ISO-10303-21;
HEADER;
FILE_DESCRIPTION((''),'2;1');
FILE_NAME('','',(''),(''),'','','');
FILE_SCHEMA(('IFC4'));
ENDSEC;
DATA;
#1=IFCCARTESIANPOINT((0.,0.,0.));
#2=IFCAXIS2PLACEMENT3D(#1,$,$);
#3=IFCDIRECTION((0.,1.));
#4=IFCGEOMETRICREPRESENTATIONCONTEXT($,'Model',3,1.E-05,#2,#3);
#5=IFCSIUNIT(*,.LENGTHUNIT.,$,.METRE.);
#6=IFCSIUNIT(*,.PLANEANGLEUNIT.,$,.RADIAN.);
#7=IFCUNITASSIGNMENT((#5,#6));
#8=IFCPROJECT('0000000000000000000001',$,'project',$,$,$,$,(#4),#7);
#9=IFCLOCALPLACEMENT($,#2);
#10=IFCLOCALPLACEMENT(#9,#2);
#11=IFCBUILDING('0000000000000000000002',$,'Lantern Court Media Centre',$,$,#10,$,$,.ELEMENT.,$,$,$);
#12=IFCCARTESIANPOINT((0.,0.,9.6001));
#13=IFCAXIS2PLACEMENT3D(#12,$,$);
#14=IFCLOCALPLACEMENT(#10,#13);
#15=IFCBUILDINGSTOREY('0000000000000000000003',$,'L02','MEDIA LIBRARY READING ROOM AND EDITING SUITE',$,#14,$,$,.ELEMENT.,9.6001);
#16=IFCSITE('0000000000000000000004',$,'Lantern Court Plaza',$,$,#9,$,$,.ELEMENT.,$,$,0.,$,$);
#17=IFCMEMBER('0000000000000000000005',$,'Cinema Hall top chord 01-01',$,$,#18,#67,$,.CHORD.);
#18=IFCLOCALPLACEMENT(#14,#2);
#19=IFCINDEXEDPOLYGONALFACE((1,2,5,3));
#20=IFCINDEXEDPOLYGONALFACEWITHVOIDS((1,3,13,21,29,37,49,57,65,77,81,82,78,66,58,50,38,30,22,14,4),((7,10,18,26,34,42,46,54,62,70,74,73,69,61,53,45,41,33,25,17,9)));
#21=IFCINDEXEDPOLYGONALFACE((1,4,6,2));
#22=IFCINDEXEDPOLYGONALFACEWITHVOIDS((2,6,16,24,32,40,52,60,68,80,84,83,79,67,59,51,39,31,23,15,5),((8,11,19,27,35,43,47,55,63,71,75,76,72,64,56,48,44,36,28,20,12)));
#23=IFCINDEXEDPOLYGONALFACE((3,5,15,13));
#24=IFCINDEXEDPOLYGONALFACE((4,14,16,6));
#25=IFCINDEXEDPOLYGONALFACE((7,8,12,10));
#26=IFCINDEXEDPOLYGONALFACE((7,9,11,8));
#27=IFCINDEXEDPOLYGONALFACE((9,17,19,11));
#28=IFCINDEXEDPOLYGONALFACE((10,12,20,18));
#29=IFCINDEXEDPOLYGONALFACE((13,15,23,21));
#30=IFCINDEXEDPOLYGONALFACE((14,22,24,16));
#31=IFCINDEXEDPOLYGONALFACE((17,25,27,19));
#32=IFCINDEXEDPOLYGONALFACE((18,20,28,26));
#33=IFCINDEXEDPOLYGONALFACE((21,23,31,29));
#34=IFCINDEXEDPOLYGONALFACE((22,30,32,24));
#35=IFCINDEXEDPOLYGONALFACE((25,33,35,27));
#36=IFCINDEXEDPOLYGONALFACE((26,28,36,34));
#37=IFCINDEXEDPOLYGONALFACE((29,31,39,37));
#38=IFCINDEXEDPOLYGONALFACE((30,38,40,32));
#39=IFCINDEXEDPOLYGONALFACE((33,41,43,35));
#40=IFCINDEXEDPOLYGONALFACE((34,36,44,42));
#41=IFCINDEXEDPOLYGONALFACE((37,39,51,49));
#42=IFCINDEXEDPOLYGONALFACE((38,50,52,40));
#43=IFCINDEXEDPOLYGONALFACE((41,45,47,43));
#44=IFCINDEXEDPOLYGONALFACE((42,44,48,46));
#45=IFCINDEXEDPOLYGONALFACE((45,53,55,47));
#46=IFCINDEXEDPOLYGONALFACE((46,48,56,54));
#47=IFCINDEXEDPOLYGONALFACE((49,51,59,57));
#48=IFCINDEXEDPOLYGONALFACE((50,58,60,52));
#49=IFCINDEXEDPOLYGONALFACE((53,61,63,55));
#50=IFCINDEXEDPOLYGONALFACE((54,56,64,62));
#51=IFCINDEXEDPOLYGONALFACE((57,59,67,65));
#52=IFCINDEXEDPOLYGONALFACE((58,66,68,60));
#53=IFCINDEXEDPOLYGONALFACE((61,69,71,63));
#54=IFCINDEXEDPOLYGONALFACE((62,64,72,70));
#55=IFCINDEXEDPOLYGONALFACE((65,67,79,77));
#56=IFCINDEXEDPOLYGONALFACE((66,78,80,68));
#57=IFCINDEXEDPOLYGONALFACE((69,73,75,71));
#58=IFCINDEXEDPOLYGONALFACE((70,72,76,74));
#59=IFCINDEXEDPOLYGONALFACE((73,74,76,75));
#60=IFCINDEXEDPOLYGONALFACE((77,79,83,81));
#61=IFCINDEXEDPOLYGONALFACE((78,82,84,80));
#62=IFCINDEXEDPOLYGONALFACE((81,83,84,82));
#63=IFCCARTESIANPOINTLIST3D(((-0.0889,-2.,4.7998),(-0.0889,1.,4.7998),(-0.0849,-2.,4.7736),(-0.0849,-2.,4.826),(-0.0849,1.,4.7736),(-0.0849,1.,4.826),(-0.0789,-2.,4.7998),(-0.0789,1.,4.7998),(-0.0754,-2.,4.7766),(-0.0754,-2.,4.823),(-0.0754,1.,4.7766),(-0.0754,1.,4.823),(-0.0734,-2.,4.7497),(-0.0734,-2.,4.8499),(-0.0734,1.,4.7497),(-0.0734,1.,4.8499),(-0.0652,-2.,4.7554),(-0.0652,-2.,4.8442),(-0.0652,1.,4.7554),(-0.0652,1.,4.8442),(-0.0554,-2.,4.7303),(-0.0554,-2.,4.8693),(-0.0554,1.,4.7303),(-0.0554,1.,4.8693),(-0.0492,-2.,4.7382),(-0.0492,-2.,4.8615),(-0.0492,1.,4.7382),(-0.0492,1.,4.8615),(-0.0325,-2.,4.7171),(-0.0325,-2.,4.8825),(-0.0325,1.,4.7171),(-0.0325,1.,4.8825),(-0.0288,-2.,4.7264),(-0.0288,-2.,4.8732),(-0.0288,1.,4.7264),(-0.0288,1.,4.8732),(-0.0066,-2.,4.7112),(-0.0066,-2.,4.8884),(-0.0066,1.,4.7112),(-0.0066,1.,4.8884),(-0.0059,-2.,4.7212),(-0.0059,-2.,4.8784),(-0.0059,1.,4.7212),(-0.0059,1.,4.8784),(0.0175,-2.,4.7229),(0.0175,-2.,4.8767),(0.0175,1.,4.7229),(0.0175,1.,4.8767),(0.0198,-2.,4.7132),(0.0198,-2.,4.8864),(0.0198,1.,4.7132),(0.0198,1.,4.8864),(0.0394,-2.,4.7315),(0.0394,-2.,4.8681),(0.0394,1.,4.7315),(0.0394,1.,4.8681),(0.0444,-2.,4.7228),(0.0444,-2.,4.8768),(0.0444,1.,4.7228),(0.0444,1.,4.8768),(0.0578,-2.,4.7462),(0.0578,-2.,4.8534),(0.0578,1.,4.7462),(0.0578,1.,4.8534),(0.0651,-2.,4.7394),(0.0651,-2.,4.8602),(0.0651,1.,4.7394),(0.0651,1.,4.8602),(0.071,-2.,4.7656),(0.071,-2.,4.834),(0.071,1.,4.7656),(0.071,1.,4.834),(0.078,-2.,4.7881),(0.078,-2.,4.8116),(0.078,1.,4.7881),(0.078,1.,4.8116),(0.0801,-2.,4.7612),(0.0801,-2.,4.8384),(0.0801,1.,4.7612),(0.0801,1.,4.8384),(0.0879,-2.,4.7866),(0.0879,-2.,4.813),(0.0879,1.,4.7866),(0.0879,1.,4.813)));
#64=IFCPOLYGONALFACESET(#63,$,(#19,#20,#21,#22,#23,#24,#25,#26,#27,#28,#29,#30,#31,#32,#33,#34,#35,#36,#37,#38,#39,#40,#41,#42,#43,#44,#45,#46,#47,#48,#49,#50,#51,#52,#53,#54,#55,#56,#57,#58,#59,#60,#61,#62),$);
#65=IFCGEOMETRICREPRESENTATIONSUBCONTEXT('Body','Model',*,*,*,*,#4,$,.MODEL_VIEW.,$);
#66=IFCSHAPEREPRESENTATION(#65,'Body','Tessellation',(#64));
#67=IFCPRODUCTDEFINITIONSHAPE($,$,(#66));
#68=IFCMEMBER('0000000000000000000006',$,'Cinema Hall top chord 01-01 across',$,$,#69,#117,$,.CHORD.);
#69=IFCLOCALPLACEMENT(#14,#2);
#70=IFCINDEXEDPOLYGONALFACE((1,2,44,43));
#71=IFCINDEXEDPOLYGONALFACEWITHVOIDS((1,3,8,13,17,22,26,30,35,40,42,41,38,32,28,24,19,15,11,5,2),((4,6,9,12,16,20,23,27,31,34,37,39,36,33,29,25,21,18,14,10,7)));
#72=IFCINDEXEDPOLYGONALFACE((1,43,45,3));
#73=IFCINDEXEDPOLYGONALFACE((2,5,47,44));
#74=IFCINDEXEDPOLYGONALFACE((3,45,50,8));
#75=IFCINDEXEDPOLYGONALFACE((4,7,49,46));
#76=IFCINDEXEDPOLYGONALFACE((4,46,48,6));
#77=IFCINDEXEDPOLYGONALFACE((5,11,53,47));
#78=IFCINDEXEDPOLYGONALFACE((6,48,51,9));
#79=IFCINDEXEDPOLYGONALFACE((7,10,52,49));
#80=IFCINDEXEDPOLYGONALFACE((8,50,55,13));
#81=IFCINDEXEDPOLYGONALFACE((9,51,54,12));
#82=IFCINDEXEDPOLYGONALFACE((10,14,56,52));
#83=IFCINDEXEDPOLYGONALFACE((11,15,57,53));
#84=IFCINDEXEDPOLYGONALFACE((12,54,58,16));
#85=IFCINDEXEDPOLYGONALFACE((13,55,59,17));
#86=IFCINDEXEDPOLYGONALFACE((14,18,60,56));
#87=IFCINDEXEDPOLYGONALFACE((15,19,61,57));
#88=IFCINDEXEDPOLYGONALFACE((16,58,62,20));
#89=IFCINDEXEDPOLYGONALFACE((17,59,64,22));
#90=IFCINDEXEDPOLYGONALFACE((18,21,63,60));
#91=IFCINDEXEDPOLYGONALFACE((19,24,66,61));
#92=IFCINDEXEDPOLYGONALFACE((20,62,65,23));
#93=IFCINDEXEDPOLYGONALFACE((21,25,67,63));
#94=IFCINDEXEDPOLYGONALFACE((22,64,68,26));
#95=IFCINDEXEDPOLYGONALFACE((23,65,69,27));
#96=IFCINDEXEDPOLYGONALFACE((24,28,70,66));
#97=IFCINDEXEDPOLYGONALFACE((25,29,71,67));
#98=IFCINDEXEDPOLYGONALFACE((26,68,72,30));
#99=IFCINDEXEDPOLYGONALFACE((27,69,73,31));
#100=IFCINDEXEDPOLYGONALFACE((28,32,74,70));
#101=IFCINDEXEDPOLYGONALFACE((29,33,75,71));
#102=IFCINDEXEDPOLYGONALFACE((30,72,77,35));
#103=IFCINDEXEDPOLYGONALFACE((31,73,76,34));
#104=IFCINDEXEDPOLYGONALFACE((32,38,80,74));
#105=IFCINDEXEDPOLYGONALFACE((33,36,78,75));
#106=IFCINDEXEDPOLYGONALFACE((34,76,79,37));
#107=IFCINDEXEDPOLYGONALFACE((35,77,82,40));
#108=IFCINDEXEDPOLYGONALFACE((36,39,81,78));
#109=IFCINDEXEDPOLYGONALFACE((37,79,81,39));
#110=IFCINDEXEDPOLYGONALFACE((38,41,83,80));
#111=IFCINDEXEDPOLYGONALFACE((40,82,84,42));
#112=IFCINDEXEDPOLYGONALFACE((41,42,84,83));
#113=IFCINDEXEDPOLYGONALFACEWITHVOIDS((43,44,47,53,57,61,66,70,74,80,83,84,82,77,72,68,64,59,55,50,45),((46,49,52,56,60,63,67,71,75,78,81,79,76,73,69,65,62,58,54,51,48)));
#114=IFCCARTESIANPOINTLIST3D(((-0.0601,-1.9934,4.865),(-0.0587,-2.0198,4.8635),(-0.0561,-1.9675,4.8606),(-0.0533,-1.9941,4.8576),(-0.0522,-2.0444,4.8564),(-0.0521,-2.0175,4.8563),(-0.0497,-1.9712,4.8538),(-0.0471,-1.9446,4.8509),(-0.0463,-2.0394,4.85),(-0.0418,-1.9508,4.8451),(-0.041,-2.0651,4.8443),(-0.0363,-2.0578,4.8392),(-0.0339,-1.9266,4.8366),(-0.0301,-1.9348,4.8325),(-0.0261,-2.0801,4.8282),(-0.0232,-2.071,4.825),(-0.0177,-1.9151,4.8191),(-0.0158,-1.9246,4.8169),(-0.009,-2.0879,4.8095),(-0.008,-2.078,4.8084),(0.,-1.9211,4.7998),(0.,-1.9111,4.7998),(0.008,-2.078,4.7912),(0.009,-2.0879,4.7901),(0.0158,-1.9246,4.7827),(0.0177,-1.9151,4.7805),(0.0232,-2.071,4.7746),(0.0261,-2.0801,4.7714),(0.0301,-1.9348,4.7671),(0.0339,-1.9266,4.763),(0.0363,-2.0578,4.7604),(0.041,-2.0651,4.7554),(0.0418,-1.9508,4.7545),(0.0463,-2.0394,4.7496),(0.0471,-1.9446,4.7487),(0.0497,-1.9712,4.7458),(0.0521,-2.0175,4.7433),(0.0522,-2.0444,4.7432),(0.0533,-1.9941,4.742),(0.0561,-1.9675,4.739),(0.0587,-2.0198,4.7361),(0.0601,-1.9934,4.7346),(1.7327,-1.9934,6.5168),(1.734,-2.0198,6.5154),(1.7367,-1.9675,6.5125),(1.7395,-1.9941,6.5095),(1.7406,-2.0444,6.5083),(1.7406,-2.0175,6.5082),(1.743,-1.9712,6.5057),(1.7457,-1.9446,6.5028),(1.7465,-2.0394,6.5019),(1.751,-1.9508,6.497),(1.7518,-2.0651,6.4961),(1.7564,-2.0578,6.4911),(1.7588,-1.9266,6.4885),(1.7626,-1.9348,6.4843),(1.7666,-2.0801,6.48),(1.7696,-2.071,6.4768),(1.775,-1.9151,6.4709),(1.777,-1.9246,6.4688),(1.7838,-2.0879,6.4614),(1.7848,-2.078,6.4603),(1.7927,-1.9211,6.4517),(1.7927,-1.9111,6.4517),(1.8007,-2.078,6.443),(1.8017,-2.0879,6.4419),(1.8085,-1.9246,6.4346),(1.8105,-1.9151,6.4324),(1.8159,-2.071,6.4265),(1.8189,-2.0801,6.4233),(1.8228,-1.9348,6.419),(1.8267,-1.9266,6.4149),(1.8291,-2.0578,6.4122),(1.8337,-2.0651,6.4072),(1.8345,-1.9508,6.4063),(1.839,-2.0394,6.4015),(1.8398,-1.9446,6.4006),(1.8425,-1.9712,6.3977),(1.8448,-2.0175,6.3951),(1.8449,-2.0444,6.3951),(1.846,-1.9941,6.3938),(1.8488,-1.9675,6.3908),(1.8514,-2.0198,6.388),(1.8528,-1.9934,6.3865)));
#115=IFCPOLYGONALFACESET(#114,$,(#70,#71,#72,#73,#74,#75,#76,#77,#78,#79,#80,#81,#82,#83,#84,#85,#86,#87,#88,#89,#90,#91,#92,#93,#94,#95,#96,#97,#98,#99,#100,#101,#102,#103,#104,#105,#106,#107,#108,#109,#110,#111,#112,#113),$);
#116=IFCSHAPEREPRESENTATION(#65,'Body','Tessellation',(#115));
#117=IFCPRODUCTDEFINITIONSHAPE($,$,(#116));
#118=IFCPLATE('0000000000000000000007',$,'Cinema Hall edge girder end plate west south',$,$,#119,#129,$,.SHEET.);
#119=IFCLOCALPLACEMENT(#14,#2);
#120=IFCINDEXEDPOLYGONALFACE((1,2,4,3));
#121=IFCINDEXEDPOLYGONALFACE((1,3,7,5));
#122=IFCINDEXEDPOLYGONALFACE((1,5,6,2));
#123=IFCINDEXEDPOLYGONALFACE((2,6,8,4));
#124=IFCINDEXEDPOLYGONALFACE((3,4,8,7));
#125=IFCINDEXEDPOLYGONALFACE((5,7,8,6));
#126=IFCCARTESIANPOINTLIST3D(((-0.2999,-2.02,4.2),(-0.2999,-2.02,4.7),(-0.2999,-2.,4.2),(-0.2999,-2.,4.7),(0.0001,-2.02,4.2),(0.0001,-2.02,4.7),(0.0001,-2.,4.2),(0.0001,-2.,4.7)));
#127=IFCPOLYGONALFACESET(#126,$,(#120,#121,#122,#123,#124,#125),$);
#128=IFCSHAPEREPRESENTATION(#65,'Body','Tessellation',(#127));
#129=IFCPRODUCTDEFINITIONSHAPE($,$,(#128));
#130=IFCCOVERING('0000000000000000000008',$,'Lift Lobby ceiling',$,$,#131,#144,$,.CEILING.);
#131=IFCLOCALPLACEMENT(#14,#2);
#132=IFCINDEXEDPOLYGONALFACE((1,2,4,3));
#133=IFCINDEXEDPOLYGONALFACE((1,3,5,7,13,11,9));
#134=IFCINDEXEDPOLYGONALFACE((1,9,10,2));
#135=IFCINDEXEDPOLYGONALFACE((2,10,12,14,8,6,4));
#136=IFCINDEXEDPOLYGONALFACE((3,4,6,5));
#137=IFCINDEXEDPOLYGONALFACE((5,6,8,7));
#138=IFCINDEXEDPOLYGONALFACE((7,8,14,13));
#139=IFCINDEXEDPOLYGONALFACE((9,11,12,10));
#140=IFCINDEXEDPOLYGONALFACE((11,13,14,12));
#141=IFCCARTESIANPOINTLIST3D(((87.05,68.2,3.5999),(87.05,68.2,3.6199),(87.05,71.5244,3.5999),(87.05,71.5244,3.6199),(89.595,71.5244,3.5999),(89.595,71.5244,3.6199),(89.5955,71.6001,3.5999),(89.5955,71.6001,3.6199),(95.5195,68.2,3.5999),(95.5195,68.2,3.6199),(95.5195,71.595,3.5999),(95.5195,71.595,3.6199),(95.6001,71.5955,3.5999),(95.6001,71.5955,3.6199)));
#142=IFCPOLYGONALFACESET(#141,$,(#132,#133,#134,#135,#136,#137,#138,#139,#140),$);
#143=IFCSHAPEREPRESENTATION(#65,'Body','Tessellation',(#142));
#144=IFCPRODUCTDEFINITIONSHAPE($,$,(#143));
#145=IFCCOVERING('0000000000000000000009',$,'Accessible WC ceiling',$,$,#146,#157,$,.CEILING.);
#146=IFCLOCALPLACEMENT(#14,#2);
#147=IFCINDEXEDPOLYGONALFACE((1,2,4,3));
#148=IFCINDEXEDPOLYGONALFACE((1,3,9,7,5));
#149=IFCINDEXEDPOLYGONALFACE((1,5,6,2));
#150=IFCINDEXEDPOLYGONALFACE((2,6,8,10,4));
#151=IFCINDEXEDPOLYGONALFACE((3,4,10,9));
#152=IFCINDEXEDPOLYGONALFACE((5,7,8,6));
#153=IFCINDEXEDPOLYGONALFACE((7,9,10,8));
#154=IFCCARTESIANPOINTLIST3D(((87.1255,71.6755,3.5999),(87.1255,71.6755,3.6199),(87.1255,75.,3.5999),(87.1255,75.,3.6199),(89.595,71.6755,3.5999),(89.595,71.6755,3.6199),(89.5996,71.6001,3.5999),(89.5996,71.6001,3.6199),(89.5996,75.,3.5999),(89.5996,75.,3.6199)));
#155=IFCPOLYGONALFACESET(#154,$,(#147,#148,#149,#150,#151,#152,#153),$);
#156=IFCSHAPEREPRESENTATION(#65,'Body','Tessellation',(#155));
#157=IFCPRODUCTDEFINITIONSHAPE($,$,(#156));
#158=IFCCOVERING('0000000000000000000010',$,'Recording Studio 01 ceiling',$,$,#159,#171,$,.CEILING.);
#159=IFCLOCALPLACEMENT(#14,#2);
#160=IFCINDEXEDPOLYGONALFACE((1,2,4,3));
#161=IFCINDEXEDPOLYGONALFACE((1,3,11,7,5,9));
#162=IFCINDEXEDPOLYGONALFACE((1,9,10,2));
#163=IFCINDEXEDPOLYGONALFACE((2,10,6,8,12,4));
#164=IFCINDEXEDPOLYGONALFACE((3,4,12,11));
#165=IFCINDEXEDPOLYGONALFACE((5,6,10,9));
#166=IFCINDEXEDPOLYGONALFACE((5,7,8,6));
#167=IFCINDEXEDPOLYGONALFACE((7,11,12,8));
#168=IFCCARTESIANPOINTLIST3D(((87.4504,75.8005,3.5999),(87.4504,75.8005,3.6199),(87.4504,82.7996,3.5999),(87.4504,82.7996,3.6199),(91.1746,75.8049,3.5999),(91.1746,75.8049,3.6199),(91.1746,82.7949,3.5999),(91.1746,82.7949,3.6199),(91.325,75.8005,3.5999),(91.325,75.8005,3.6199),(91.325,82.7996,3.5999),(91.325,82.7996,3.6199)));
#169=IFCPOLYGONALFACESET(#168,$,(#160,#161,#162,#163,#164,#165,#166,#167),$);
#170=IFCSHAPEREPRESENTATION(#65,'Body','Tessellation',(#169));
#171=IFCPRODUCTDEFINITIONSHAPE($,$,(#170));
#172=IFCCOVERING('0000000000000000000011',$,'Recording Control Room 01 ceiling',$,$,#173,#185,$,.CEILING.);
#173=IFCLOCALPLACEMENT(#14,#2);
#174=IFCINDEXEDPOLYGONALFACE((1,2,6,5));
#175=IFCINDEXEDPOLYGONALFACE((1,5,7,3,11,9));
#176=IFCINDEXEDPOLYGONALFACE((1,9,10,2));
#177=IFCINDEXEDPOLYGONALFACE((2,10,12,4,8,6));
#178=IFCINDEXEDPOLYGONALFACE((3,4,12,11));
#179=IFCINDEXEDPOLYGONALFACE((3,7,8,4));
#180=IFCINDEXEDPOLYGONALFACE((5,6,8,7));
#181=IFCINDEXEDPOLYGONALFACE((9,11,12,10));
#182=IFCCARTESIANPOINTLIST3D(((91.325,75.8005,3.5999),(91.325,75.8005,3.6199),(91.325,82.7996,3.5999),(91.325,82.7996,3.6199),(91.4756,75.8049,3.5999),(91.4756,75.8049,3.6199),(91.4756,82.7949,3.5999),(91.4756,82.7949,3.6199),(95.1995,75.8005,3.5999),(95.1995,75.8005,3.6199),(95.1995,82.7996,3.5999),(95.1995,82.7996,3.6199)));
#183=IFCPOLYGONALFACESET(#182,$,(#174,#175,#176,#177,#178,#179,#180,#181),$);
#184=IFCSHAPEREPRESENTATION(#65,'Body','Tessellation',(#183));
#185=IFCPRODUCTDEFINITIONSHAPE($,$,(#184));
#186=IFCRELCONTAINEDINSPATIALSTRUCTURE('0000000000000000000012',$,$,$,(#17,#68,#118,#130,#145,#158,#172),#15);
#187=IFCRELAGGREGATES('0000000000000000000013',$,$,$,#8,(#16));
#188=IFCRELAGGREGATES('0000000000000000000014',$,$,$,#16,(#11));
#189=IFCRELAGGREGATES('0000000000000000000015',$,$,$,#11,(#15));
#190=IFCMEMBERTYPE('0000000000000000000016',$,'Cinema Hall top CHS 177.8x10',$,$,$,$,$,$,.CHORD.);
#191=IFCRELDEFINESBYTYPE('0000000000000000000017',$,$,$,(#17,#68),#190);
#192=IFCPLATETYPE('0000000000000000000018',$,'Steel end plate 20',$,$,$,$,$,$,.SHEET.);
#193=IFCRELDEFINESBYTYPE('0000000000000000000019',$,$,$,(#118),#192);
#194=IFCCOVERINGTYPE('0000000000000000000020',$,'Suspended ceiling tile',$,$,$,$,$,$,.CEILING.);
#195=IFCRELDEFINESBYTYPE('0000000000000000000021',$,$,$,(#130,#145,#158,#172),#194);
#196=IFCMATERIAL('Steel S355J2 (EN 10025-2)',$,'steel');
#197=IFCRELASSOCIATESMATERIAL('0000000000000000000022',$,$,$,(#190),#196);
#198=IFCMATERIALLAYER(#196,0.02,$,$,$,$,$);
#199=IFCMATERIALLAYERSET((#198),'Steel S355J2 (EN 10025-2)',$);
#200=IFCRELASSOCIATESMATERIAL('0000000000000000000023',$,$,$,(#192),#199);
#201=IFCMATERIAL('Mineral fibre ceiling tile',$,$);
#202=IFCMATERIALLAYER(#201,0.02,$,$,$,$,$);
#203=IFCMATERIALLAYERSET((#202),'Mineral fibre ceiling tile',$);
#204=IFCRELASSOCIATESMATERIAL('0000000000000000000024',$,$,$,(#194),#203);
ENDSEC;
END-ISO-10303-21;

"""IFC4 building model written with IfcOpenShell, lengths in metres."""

from ifc_helpers import new_model, si_unit, direction, frame, origin, origin_2d, place, context, subcontext, project, spatial, polyline, rectangle, hollow_circle, outline, extrude, material, layer, layer_set, material_profile, profile_set, type_object, element, save


model = new_model("IFC4")

# Units and contexts
model_context = context("Model", 3, precision=1e-05, world=origin(), true_north=direction((0.0, 1.0)))
body_context = subcontext(model_context, "Body", "Model", "MODEL_VIEW")
ifc_project = project(units=[si_unit("LENGTHUNIT", "METRE"), si_unit("PLANEANGLEUNIT", "RADIAN")], contexts=[model_context])

# Site, building, storey
site_placement = place(None, origin())
site = spatial("IfcSite", under=ifc_project, at=site_placement, Name="Lantern Court Plaza", CompositionType="ELEMENT", RefElevation=0.0)
building_placement = place(site_placement, origin())
building = spatial("IfcBuilding", under=site, at=building_placement, Name="Lantern Court Media Centre", CompositionType="ELEMENT")
storey_placement = place(building_placement, frame((0.0, 0.0, 9.6001)))
storey = spatial("IfcBuildingStorey", under=building, at=storey_placement, Name="L02", Description="MEDIA LIBRARY READING ROOM AND EDITING SUITE", CompositionType="ELEMENT", Elevation=9.6001)

# Shared definitions
ifc_material_1 = material(Name="Steel S355J2 (EN 10025-2)", Category="steel")

# Members
ifc_material_profile_1 = material_profile(ifc_material_1, hollow_circle(Radius=0.0889, WallThickness=0.01, at=origin_2d()), Name="Cinema Hall top CHS 177.8x10")
ifc_profile_set_1 = profile_set([ifc_material_profile_1], Name="Steel S355J2 (EN 10025-2)")
member_type_1 = type_object("IfcMemberType", Name="Cinema Hall top CHS 177.8x10", PredefinedType="CHORD", material=ifc_profile_set_1)
member_1_placement = place(storey_placement, frame((0.0, -2.0, 4.7998), z_axis=(0.0, 1.0, 0.0), x_axis=(-1.0, 0.0, 0.0)))
element("IfcMember", 1, at=member_1_placement, inside=storey, type_object=member_type_1, Name="Cinema Hall top chord 01-01", PredefinedType="CHORD", context=body_context, shape_type="SweptSolid", body=[
    extrude(hollow_circle(Radius=0.0889, WallThickness=0.01, at=origin_2d()), origin(), (0.0, 0.0, 1.0), 3.0),
])
member_2_placement = place(storey_placement, frame((0.0, -2.0, 4.7998), z_axis=(0.73541, 0.0, 0.677623), x_axis=(0.0, 1.0, 0.0)))
element("IfcMember", 2, at=member_2_placement, inside=storey, type_object=member_type_1, Name="Cinema Hall top chord 01-01 across", PredefinedType="CHORD", context=body_context, shape_type="SweptSolid", body=[
    extrude(hollow_circle(Radius=0.0889, WallThickness=0.01, at=origin_2d()), origin(), (0.0, 0.0, 1.0), 2.4377),
])

# Plate
ifc_layer_1 = layer(ifc_material_1, 0.02)
ifc_layer_set_1 = layer_set([ifc_layer_1], Name="Steel S355J2 (EN 10025-2)")
plate_type = type_object("IfcPlateType", Name="Steel end plate 20", PredefinedType="SHEET", material=ifc_layer_set_1)
plate_placement = place(storey_placement, frame((-0.1499, -2.01, 4.2), z_axis=(0.0, 0.0, 1.0), x_axis=(1.0, 0.0, 0.0)))
element("IfcPlate", 3, at=plate_placement, inside=storey, type_object=plate_type, Name="Cinema Hall edge girder end plate west south", PredefinedType="SHEET", context=body_context, shape_type="SweptSolid", body=[
    extrude(rectangle(XDim=0.3, YDim=0.02, at=origin_2d()), origin(), (0.0, 0.0, 1.0), 0.5),
])

# Coverings
ifc_material_2 = material(Name="Mineral fibre ceiling tile")
ifc_layer_2 = layer(ifc_material_2, 0.02)
ifc_layer_set_2 = layer_set([ifc_layer_2], Name="Mineral fibre ceiling tile")
covering_type = type_object("IfcCoveringType", Name="Suspended ceiling tile", PredefinedType="CEILING", material=ifc_layer_set_2)
covering_1_placement = place(storey_placement, frame((0.0, 0.0, 3.5999)))
element("IfcCovering", 4, at=covering_1_placement, inside=storey, type_object=covering_type, Name="Lift Lobby ceiling", PredefinedType="CEILING", context=body_context, shape_type="SweptSolid", body=[
    extrude(outline(polyline([(95.6001, 71.5955), (95.5195, 71.595), (95.5195, 68.2), (87.05, 68.2), (87.05, 71.5244), (89.595, 71.5244), (89.5955, 71.6001), (95.6001, 71.5955)])), origin(), (0.0, 0.0, 1.0), 0.02),
])
covering_2_placement = place(storey_placement, frame((0.0, 0.0, 3.5999)))
element("IfcCovering", 5, at=covering_2_placement, inside=storey, type_object=covering_type, Name="Accessible WC ceiling", PredefinedType="CEILING", context=body_context, shape_type="SweptSolid", body=[
    extrude(outline(polyline([(89.5996, 75.0), (89.5996, 71.6001), (89.595, 71.6755), (87.1255, 71.6755), (87.1255, 75.0), (89.5996, 75.0)])), origin(), (0.0, 0.0, 1.0), 0.02),
])
covering_3_placement = place(storey_placement, frame((0.0, 0.0, 3.5999)))
element("IfcCovering", 6, at=covering_3_placement, inside=storey, type_object=covering_type, Name="Recording Studio 01 ceiling", PredefinedType="CEILING", context=body_context, shape_type="SweptSolid", body=[
    extrude(outline(polyline([(91.325, 75.8005), (87.4504, 75.8005), (87.4504, 82.7996), (91.325, 82.7996), (91.1746, 82.7949), (91.1746, 75.8049), (91.325, 75.8005)])), origin(), (0.0, 0.0, 1.0), 0.02),
])
covering_4_placement = place(storey_placement, frame((0.0, 0.0, 3.5999)))
element("IfcCovering", 7, at=covering_4_placement, inside=storey, type_object=covering_type, Name="Recording Control Room 01 ceiling", PredefinedType="CEILING", context=body_context, shape_type="SweptSolid", body=[
    extrude(outline(polyline([(91.325, 82.7996), (95.1995, 82.7996), (95.1995, 75.8005), (91.325, 75.8005), (91.4756, 75.8049), (91.4756, 82.7949), (91.325, 82.7996)])), origin(), (0.0, 0.0, 1.0), 0.02),
])

save(model, "model.ifc")
